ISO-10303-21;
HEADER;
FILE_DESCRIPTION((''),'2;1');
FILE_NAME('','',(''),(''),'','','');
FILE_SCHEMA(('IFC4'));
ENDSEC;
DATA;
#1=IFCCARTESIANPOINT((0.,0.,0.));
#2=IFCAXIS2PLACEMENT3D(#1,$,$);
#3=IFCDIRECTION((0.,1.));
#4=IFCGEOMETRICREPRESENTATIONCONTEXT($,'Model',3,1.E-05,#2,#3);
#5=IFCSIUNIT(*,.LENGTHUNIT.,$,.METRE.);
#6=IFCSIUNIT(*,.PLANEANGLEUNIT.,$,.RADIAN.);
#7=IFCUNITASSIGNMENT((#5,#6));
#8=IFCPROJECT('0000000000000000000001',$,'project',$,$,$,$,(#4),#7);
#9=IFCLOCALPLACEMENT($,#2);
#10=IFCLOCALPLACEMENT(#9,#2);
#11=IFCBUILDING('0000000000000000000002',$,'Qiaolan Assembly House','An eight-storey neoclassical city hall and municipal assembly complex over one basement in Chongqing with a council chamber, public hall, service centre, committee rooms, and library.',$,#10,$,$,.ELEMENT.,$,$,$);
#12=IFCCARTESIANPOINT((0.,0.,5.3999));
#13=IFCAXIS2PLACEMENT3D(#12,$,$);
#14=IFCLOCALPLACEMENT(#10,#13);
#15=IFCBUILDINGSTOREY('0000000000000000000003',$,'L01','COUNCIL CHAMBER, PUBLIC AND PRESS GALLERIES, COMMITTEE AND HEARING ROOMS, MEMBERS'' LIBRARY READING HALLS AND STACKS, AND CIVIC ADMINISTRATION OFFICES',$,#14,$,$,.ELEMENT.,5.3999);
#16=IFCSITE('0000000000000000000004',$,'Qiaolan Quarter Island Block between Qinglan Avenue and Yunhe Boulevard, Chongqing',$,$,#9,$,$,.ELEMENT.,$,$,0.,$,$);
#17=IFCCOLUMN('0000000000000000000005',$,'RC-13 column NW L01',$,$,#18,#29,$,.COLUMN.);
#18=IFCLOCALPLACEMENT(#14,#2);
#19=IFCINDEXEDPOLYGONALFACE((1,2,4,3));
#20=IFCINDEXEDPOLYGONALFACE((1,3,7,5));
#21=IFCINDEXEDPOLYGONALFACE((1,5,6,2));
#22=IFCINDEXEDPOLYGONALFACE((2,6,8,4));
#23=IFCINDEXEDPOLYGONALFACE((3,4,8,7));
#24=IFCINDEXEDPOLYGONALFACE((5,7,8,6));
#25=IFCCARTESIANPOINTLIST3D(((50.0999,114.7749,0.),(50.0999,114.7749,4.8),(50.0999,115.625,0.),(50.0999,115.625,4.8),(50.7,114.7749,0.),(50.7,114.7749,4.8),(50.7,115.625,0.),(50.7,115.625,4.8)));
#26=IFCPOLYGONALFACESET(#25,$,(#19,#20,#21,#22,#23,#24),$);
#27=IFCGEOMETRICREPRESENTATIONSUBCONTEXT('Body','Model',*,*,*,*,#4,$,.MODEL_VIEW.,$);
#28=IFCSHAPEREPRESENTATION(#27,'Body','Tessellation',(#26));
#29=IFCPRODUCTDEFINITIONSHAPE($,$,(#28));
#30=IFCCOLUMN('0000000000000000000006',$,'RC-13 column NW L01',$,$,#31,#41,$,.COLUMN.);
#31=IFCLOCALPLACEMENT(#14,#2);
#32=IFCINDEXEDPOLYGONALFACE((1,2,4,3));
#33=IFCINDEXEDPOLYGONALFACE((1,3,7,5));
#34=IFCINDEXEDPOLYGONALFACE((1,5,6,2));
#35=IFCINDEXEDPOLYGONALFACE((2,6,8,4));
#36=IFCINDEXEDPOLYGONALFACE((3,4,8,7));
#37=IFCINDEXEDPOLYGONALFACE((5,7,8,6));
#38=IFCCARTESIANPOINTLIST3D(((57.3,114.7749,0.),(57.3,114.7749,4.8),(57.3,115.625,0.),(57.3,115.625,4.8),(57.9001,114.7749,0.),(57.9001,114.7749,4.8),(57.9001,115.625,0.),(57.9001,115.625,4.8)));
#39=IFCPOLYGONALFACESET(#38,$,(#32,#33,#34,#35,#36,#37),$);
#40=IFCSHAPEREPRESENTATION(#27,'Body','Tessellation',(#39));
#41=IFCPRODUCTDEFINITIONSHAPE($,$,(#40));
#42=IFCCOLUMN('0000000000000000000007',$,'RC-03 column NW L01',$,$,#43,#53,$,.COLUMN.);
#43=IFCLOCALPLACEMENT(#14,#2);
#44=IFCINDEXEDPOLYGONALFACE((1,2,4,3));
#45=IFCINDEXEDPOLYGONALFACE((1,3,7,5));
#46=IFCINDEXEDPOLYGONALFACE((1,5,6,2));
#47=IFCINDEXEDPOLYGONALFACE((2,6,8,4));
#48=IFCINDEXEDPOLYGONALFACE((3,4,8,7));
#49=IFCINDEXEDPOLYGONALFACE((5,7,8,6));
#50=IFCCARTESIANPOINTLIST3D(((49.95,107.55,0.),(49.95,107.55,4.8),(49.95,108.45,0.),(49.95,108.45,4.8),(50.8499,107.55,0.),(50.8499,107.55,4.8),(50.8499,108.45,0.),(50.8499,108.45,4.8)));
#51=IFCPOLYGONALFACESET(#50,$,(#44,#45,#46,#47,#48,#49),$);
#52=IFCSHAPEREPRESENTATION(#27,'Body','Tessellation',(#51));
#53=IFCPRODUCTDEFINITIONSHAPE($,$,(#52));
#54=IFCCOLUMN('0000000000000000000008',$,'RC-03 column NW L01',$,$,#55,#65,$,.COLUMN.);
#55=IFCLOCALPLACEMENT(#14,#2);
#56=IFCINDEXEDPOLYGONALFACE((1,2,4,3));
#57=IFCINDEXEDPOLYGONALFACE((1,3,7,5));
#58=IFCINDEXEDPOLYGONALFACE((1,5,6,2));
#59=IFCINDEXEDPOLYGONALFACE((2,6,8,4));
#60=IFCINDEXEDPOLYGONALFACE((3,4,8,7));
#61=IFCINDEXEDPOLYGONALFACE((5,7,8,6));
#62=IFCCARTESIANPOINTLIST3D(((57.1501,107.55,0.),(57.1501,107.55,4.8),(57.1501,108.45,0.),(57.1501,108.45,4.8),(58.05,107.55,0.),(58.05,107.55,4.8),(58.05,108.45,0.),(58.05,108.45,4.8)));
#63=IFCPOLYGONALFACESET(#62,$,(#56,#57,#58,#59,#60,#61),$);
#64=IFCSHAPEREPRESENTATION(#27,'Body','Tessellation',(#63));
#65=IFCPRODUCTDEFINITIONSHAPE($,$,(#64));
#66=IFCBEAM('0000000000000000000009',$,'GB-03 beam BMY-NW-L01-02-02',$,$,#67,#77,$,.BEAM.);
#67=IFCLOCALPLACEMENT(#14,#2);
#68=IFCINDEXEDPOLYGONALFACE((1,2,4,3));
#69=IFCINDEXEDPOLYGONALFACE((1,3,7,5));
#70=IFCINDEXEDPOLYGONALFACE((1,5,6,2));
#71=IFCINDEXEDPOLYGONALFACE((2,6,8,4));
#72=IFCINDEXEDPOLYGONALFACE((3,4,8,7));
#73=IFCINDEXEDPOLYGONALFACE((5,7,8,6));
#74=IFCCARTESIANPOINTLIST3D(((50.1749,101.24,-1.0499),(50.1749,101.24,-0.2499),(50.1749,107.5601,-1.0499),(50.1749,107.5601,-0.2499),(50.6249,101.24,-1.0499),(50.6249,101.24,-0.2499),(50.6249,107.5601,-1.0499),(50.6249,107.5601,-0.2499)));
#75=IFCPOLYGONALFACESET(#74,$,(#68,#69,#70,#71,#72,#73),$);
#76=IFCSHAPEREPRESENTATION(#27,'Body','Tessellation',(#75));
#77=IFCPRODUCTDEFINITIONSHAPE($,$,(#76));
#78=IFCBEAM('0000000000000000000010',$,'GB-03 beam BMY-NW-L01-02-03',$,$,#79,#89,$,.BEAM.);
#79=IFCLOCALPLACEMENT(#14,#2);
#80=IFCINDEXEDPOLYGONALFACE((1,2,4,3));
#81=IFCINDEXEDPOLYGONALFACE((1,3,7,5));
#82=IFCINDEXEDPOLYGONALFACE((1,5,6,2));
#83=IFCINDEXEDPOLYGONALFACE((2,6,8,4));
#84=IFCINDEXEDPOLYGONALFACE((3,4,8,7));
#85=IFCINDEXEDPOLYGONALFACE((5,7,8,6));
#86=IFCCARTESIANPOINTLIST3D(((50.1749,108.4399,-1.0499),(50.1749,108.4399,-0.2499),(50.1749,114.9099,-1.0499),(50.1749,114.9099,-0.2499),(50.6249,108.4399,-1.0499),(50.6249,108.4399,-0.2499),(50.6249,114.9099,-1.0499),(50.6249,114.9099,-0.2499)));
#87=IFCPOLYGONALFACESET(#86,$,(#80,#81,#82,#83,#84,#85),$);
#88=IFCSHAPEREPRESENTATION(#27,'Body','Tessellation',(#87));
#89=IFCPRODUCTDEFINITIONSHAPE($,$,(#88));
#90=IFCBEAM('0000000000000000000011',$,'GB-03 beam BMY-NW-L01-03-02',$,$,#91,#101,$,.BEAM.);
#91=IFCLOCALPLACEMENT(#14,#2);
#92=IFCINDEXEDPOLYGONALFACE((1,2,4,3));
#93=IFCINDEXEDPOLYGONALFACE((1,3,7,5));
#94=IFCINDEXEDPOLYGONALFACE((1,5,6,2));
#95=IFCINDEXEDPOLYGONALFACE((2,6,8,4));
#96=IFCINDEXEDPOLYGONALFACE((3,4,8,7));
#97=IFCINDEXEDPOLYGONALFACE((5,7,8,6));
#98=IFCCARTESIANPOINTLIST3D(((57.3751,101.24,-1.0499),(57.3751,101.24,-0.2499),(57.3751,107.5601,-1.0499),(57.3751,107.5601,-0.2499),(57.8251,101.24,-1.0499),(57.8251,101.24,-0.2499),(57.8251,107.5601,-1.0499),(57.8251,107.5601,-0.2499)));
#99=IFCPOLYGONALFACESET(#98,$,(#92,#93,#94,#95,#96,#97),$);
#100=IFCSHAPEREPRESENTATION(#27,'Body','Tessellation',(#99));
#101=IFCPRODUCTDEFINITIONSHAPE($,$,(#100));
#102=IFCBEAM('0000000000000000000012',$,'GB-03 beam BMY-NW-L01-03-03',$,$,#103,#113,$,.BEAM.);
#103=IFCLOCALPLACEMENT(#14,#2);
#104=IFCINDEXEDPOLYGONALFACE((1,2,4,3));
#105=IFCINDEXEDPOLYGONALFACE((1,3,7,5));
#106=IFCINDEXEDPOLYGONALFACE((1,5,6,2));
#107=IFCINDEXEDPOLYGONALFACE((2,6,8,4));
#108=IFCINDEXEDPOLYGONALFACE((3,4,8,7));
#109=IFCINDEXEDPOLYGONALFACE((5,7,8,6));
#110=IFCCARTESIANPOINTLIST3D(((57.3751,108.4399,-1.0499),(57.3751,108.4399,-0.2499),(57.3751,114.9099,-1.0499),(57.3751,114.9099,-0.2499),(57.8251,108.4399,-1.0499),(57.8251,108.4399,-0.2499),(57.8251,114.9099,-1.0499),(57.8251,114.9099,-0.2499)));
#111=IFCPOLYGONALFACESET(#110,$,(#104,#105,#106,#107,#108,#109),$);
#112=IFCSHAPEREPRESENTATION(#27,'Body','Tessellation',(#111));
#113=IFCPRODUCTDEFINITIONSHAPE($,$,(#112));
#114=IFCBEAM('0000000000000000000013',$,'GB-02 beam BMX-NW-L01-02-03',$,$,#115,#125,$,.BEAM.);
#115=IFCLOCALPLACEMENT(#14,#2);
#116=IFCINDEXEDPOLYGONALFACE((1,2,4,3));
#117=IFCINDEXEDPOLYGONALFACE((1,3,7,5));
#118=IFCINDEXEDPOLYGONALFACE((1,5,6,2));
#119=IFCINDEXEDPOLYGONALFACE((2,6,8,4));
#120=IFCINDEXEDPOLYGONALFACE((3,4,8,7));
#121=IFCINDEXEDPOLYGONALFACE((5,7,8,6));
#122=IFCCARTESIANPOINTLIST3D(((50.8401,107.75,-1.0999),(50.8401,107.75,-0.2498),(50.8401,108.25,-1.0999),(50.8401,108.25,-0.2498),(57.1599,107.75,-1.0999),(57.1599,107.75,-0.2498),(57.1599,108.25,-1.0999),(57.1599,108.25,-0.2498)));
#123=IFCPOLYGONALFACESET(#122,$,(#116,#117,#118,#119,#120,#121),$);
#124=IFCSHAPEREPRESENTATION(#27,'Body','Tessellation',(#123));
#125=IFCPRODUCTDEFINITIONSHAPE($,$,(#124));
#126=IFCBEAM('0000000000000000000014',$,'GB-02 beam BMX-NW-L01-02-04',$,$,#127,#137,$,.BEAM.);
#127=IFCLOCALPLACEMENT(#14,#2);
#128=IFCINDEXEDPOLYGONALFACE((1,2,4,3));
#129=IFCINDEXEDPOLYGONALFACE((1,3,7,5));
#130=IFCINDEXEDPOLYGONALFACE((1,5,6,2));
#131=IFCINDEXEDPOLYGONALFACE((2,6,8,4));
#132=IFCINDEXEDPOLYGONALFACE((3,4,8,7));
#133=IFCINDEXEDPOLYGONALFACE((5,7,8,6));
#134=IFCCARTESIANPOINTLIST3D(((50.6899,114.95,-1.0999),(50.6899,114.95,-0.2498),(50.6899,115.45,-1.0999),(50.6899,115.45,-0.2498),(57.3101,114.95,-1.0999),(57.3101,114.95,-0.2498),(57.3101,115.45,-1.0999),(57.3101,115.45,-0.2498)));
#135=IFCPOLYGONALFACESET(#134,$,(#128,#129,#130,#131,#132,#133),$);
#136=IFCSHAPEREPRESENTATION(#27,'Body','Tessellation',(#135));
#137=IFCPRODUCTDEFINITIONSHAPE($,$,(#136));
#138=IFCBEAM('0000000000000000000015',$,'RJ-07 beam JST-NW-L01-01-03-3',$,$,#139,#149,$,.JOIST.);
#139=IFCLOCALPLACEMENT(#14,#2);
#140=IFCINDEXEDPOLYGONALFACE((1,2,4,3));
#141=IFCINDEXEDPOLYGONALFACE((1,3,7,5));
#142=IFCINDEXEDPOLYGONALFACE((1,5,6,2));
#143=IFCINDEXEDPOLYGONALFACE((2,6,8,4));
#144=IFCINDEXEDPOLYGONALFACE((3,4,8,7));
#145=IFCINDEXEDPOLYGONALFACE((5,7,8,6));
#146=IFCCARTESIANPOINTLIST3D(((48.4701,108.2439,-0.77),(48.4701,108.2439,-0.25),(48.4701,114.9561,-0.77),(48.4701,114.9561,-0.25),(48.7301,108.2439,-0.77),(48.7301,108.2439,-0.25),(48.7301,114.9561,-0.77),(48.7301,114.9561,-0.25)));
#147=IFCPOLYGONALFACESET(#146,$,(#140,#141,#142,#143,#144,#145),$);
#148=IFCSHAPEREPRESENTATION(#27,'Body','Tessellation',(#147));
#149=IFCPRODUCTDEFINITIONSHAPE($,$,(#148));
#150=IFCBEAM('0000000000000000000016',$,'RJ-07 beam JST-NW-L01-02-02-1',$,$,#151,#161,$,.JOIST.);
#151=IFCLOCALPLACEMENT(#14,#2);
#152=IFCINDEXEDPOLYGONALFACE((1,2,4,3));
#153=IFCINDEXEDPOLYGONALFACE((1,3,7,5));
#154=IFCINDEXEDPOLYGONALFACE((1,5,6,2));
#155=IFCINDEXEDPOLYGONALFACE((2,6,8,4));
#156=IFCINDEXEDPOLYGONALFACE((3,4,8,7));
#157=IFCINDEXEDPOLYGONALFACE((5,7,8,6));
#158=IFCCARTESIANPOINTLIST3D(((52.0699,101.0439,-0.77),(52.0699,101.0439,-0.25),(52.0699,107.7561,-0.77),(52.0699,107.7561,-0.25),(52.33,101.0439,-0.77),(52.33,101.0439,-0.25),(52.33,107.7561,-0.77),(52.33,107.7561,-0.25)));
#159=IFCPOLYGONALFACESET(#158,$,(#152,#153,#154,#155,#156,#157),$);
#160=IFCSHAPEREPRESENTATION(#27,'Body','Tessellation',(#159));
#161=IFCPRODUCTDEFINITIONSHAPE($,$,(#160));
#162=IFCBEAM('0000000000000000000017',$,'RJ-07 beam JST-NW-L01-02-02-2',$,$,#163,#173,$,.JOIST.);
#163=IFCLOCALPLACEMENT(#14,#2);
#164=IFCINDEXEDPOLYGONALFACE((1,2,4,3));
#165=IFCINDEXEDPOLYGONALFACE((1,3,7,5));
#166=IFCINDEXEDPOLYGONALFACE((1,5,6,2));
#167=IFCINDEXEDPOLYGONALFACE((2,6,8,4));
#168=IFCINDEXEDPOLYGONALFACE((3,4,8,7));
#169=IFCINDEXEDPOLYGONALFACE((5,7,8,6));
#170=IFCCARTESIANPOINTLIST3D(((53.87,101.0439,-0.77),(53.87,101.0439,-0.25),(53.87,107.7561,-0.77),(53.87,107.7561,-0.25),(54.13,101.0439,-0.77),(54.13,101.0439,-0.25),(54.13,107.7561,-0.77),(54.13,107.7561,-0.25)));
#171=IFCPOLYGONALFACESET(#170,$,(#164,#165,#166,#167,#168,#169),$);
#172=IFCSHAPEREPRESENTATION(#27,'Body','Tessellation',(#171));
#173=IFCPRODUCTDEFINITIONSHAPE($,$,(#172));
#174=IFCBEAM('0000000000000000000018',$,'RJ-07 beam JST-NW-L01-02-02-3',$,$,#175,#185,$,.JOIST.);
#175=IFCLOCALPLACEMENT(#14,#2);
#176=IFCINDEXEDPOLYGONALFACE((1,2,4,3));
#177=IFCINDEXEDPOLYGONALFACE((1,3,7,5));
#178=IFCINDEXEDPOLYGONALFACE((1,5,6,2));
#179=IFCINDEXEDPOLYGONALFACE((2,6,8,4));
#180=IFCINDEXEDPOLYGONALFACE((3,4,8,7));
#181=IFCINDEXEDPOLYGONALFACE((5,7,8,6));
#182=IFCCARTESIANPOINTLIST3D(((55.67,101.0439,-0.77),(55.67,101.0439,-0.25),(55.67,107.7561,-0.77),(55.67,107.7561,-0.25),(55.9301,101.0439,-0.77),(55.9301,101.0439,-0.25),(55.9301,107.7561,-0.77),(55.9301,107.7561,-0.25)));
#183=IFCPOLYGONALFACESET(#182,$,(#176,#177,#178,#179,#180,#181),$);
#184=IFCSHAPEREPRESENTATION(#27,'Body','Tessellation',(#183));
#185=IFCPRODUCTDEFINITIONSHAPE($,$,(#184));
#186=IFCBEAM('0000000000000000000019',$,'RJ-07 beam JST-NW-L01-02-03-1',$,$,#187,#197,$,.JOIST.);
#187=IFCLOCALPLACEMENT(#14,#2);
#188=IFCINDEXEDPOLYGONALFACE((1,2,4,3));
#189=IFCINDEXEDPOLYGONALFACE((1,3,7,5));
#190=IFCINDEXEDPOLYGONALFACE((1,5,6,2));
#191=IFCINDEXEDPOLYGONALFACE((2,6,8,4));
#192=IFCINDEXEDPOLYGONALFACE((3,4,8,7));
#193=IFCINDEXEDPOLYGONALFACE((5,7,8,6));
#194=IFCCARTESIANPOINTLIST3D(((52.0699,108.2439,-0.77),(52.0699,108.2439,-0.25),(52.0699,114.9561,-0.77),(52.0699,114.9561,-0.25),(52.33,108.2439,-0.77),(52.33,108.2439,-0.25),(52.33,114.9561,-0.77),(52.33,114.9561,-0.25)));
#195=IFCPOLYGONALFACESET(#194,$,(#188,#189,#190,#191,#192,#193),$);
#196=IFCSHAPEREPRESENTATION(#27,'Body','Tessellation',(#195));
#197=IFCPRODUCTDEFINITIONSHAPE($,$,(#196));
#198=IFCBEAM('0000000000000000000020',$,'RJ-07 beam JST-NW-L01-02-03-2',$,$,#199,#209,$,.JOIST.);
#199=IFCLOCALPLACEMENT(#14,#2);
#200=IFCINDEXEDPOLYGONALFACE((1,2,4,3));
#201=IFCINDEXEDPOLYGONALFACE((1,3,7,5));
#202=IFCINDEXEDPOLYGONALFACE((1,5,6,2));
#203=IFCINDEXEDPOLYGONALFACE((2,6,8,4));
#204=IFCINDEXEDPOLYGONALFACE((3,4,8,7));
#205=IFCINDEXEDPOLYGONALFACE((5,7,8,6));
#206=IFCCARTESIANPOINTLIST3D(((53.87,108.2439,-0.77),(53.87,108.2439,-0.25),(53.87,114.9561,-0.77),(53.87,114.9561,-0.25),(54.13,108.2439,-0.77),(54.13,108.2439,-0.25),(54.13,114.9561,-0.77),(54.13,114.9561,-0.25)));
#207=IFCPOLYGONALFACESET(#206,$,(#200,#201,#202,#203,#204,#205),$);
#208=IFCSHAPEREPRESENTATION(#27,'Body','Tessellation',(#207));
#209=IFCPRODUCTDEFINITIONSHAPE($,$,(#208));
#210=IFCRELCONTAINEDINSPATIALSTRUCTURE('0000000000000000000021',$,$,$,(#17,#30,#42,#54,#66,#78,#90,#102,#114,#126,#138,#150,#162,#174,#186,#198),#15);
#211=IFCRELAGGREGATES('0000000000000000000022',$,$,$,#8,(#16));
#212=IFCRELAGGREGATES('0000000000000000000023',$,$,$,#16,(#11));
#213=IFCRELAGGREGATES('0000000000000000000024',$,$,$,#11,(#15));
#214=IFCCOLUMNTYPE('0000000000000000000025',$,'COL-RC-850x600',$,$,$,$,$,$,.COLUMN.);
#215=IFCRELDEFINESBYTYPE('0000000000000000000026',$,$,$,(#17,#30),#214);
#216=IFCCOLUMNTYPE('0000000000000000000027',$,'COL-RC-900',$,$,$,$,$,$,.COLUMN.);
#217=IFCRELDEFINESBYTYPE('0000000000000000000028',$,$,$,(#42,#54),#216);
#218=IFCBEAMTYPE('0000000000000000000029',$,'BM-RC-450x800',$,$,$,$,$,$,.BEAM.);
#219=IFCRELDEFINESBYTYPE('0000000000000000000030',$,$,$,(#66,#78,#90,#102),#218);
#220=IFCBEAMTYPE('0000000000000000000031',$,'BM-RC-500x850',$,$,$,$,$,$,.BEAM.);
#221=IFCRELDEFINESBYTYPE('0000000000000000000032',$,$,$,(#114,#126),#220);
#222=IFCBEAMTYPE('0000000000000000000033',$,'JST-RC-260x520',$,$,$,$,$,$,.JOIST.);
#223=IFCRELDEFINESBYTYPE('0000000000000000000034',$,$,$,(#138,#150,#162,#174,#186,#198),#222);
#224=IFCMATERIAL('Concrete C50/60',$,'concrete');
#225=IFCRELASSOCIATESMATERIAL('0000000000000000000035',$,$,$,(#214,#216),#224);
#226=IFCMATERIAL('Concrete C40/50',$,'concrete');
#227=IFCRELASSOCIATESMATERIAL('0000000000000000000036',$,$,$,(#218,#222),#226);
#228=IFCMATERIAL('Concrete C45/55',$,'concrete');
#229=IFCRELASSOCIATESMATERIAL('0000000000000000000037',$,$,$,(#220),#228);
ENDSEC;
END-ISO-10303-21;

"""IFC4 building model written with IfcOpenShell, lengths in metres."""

from ifc_helpers import new_model, si_unit, direction, frame, origin, origin_2d, place, context, subcontext, project, spatial, rectangle, extrude, material, material_profile, profile_set, type_object, element, save


model = new_model("IFC4")

# Units and contexts
model_context = context("Model", 3, precision=1e-05, world=origin(), true_north=direction((0.0, 1.0)))
body_context = subcontext(model_context, "Body", "Model", "MODEL_VIEW")
ifc_project = project(units=[si_unit("LENGTHUNIT", "METRE"), si_unit("PLANEANGLEUNIT", "RADIAN")], contexts=[model_context])

# Site, building, storey
site_placement = place(None, origin())
site = spatial("IfcSite", under=ifc_project, at=site_placement, Name="Qiaolan Quarter Island Block between Qinglan Avenue and Yunhe Boulevard, Chongqing", CompositionType="ELEMENT", RefElevation=0.0)
building_placement = place(site_placement, origin())
building = spatial("IfcBuilding", under=site, at=building_placement, Name="Qiaolan Assembly House", Description="An eight-storey neoclassical city hall and municipal assembly complex over one basement in Chongqing with a council chamber, public hall, service centre, committee rooms, and library.", CompositionType="ELEMENT")
storey_placement = place(building_placement, frame((0.0, 0.0, 5.3999)))
storey = spatial("IfcBuildingStorey", under=building, at=storey_placement, Name="L01", Description="COUNCIL CHAMBER, PUBLIC AND PRESS GALLERIES, COMMITTEE AND HEARING ROOMS, MEMBERS' LIBRARY READING HALLS AND STACKS, AND CIVIC ADMINISTRATION OFFICES", CompositionType="ELEMENT", Elevation=5.3999)

# Columns
ifc_material_1 = material(Name="Concrete C50/60", Category="concrete")
ifc_material_profile_1 = material_profile(ifc_material_1, rectangle(XDim=0.6001, YDim=0.8501, at=origin_2d()), Name="RC 850x600")
ifc_profile_set_1 = profile_set([ifc_material_profile_1], Name="Concrete C50/60")
column_type_1 = type_object("IfcColumnType", Name="COL-RC-850x600", PredefinedType="COLUMN", material=ifc_profile_set_1)
for number, where, z_axis, x_axis, name in (
    (1, (50.3999, 115.2, 0.0), (0.0, 0.0, 1.0), (1.0, 0.0, 0.0), "RC-13 column NW L01"),
    (2, (57.6001, 115.2, 0.0), (0.0, 0.0, 1.0), (1.0, 0.0, 0.0), "RC-13 column NW L01"),
):
    element("IfcColumn", number, at=place(storey_placement, frame(where, z_axis=z_axis, x_axis=x_axis)), inside=storey, type_object=column_type_1, Name=name, PredefinedType="COLUMN", context=body_context, shape_type="SweptSolid", body=[
        extrude(rectangle(XDim=0.6001, YDim=0.8501, at=origin_2d()), origin(), (0.0, 0.0, 1.0), 4.8),
    ])
ifc_material_profile_2 = material_profile(ifc_material_1, rectangle(XDim=0.8999, YDim=0.8999, at=origin_2d()), Name="RC 900x900")
ifc_profile_set_2 = profile_set([ifc_material_profile_2], Name="Concrete C50/60")
column_type_2 = type_object("IfcColumnType", Name="COL-RC-900", PredefinedType="COLUMN", material=ifc_profile_set_2)
for number, where, z_axis, x_axis, name in (
    (3, (50.3999, 108.0, 0.0), (0.0, 0.0, 1.0), (1.0, 0.0, 0.0), "RC-03 column NW L01"),
    (4, (57.6001, 108.0, 0.0), (0.0, 0.0, 1.0), (1.0, 0.0, 0.0), "RC-03 column NW L01"),
):
    element("IfcColumn", number, at=place(storey_placement, frame(where, z_axis=z_axis, x_axis=x_axis)), inside=storey, type_object=column_type_2, Name=name, PredefinedType="COLUMN", context=body_context, shape_type="SweptSolid", body=[
        extrude(rectangle(XDim=0.8999, YDim=0.8999, at=origin_2d()), origin(), (0.0, 0.0, 1.0), 4.8),
    ])

# Beams
ifc_material_2 = material(Name="Concrete C40/50", Category="concrete")
ifc_material_profile_3 = material_profile(ifc_material_2, rectangle(XDim=0.45, YDim=0.8, at=origin_2d()), Name="RCB 450x800")
ifc_profile_set_3 = profile_set([ifc_material_profile_3], Name="Concrete C40/50")
beam_type_1 = type_object("IfcBeamType", Name="BM-RC-450x800", PredefinedType="BEAM", material=ifc_profile_set_3)
beam_1_placement = place(storey_placement, frame((50.3999, 101.24, -0.6499), z_axis=(0.0, 1.0, 0.0), x_axis=(-1.0, 0.0, 0.0)))
element("IfcBeam", 5, at=beam_1_placement, inside=storey, type_object=beam_type_1, Name="GB-03 beam BMY-NW-L01-02-02", PredefinedType="BEAM", context=body_context, shape_type="SweptSolid", body=[
    extrude(rectangle(XDim=0.45, YDim=0.8, at=origin_2d()), origin(), (0.0, 0.0, 1.0), 6.3201),
])
beam_2_placement = place(storey_placement, frame((50.3999, 108.4399, -0.6499), z_axis=(0.0, 1.0, 0.0), x_axis=(-1.0, 0.0, 0.0)))
element("IfcBeam", 6, at=beam_2_placement, inside=storey, type_object=beam_type_1, Name="GB-03 beam BMY-NW-L01-02-03", PredefinedType="BEAM", context=body_context, shape_type="SweptSolid", body=[
    extrude(rectangle(XDim=0.45, YDim=0.8, at=origin_2d()), origin(), (0.0, 0.0, 1.0), 6.47),
])
beam_3_placement = place(storey_placement, frame((57.6001, 101.24, -0.6499), z_axis=(0.0, 1.0, 0.0), x_axis=(-1.0, 0.0, 0.0)))
element("IfcBeam", 7, at=beam_3_placement, inside=storey, type_object=beam_type_1, Name="GB-03 beam BMY-NW-L01-03-02", PredefinedType="BEAM", context=body_context, shape_type="SweptSolid", body=[
    extrude(rectangle(XDim=0.45, YDim=0.8, at=origin_2d()), origin(), (0.0, 0.0, 1.0), 6.3201),
])
beam_4_placement = place(storey_placement, frame((57.6001, 108.4399, -0.6499), z_axis=(0.0, 1.0, 0.0), x_axis=(-1.0, 0.0, 0.0)))
element("IfcBeam", 8, at=beam_4_placement, inside=storey, type_object=beam_type_1, Name="GB-03 beam BMY-NW-L01-03-03", PredefinedType="BEAM", context=body_context, shape_type="SweptSolid", body=[
    extrude(rectangle(XDim=0.45, YDim=0.8, at=origin_2d()), origin(), (0.0, 0.0, 1.0), 6.47),
])
ifc_material_3 = material(Name="Concrete C45/55", Category="concrete")
ifc_material_profile_4 = material_profile(ifc_material_3, rectangle(XDim=0.5, YDim=0.8501, at=origin_2d()), Name="RCB 500x850")
ifc_profile_set_4 = profile_set([ifc_material_profile_4], Name="Concrete C45/55")
beam_type_2 = type_object("IfcBeamType", Name="BM-RC-500x850", PredefinedType="BEAM", material=ifc_profile_set_4)
beam_5_placement = place(storey_placement, frame((50.8401, 108.0, -0.6748), z_axis=(1.0, 0.0, 0.0), x_axis=(0.0, 1.0, 0.0)))
element("IfcBeam", 9, at=beam_5_placement, inside=storey, type_object=beam_type_2, Name="GB-02 beam BMX-NW-L01-02-03", PredefinedType="BEAM", context=body_context, shape_type="SweptSolid", body=[
    extrude(rectangle(XDim=0.5, YDim=0.8501, at=origin_2d()), origin(), (0.0, 0.0, 1.0), 6.3198),
])
beam_6_placement = place(storey_placement, frame((50.6899, 115.2, -0.6748), z_axis=(1.0, 0.0, 0.0), x_axis=(0.0, 1.0, 0.0)))
element("IfcBeam", 10, at=beam_6_placement, inside=storey, type_object=beam_type_2, Name="GB-02 beam BMX-NW-L01-02-04", PredefinedType="BEAM", context=body_context, shape_type="SweptSolid", body=[
    extrude(rectangle(XDim=0.5, YDim=0.8501, at=origin_2d()), origin(), (0.0, 0.0, 1.0), 6.6201),
])
ifc_material_profile_5 = material_profile(ifc_material_2, rectangle(XDim=0.26, YDim=0.52, at=origin_2d()), Name="RCB 260x520")
ifc_profile_set_5 = profile_set([ifc_material_profile_5], Name="Concrete C40/50")
beam_type_3 = type_object("IfcBeamType", Name="JST-RC-260x520", PredefinedType="JOIST", material=ifc_profile_set_5)
for number, where, z_axis, x_axis, name in (
    (11, (48.6001, 108.2439, -0.51), (0.0, 1.0, 0.0), (-1.0, 0.0, 0.0), "RJ-07 beam JST-NW-L01-01-03-3"),
    (12, (52.2, 101.0439, -0.51), (0.0, 1.0, 0.0), (-1.0, 0.0, 0.0), "RJ-07 beam JST-NW-L01-02-02-1"),
    (13, (54.0, 101.0439, -0.51), (0.0, 1.0, 0.0), (-1.0, 0.0, 0.0), "RJ-07 beam JST-NW-L01-02-02-2"),
    (14, (55.8, 101.0439, -0.51), (0.0, 1.0, 0.0), (-1.0, 0.0, 0.0), "RJ-07 beam JST-NW-L01-02-02-3"),
    (15, (52.2, 108.2439, -0.51), (0.0, 1.0, 0.0), (-1.0, 0.0, 0.0), "RJ-07 beam JST-NW-L01-02-03-1"),
    (16, (54.0, 108.2439, -0.51), (0.0, 1.0, 0.0), (-1.0, 0.0, 0.0), "RJ-07 beam JST-NW-L01-02-03-2"),
):
    element("IfcBeam", number, at=place(storey_placement, frame(where, z_axis=z_axis, x_axis=x_axis)), inside=storey, type_object=beam_type_3, Name=name, PredefinedType="JOIST", context=body_context, shape_type="SweptSolid", body=[
        extrude(rectangle(XDim=0.26, YDim=0.52, at=origin_2d()), origin(), (0.0, 0.0, 1.0), 6.7122),
    ])

save(model, "model.ifc")
